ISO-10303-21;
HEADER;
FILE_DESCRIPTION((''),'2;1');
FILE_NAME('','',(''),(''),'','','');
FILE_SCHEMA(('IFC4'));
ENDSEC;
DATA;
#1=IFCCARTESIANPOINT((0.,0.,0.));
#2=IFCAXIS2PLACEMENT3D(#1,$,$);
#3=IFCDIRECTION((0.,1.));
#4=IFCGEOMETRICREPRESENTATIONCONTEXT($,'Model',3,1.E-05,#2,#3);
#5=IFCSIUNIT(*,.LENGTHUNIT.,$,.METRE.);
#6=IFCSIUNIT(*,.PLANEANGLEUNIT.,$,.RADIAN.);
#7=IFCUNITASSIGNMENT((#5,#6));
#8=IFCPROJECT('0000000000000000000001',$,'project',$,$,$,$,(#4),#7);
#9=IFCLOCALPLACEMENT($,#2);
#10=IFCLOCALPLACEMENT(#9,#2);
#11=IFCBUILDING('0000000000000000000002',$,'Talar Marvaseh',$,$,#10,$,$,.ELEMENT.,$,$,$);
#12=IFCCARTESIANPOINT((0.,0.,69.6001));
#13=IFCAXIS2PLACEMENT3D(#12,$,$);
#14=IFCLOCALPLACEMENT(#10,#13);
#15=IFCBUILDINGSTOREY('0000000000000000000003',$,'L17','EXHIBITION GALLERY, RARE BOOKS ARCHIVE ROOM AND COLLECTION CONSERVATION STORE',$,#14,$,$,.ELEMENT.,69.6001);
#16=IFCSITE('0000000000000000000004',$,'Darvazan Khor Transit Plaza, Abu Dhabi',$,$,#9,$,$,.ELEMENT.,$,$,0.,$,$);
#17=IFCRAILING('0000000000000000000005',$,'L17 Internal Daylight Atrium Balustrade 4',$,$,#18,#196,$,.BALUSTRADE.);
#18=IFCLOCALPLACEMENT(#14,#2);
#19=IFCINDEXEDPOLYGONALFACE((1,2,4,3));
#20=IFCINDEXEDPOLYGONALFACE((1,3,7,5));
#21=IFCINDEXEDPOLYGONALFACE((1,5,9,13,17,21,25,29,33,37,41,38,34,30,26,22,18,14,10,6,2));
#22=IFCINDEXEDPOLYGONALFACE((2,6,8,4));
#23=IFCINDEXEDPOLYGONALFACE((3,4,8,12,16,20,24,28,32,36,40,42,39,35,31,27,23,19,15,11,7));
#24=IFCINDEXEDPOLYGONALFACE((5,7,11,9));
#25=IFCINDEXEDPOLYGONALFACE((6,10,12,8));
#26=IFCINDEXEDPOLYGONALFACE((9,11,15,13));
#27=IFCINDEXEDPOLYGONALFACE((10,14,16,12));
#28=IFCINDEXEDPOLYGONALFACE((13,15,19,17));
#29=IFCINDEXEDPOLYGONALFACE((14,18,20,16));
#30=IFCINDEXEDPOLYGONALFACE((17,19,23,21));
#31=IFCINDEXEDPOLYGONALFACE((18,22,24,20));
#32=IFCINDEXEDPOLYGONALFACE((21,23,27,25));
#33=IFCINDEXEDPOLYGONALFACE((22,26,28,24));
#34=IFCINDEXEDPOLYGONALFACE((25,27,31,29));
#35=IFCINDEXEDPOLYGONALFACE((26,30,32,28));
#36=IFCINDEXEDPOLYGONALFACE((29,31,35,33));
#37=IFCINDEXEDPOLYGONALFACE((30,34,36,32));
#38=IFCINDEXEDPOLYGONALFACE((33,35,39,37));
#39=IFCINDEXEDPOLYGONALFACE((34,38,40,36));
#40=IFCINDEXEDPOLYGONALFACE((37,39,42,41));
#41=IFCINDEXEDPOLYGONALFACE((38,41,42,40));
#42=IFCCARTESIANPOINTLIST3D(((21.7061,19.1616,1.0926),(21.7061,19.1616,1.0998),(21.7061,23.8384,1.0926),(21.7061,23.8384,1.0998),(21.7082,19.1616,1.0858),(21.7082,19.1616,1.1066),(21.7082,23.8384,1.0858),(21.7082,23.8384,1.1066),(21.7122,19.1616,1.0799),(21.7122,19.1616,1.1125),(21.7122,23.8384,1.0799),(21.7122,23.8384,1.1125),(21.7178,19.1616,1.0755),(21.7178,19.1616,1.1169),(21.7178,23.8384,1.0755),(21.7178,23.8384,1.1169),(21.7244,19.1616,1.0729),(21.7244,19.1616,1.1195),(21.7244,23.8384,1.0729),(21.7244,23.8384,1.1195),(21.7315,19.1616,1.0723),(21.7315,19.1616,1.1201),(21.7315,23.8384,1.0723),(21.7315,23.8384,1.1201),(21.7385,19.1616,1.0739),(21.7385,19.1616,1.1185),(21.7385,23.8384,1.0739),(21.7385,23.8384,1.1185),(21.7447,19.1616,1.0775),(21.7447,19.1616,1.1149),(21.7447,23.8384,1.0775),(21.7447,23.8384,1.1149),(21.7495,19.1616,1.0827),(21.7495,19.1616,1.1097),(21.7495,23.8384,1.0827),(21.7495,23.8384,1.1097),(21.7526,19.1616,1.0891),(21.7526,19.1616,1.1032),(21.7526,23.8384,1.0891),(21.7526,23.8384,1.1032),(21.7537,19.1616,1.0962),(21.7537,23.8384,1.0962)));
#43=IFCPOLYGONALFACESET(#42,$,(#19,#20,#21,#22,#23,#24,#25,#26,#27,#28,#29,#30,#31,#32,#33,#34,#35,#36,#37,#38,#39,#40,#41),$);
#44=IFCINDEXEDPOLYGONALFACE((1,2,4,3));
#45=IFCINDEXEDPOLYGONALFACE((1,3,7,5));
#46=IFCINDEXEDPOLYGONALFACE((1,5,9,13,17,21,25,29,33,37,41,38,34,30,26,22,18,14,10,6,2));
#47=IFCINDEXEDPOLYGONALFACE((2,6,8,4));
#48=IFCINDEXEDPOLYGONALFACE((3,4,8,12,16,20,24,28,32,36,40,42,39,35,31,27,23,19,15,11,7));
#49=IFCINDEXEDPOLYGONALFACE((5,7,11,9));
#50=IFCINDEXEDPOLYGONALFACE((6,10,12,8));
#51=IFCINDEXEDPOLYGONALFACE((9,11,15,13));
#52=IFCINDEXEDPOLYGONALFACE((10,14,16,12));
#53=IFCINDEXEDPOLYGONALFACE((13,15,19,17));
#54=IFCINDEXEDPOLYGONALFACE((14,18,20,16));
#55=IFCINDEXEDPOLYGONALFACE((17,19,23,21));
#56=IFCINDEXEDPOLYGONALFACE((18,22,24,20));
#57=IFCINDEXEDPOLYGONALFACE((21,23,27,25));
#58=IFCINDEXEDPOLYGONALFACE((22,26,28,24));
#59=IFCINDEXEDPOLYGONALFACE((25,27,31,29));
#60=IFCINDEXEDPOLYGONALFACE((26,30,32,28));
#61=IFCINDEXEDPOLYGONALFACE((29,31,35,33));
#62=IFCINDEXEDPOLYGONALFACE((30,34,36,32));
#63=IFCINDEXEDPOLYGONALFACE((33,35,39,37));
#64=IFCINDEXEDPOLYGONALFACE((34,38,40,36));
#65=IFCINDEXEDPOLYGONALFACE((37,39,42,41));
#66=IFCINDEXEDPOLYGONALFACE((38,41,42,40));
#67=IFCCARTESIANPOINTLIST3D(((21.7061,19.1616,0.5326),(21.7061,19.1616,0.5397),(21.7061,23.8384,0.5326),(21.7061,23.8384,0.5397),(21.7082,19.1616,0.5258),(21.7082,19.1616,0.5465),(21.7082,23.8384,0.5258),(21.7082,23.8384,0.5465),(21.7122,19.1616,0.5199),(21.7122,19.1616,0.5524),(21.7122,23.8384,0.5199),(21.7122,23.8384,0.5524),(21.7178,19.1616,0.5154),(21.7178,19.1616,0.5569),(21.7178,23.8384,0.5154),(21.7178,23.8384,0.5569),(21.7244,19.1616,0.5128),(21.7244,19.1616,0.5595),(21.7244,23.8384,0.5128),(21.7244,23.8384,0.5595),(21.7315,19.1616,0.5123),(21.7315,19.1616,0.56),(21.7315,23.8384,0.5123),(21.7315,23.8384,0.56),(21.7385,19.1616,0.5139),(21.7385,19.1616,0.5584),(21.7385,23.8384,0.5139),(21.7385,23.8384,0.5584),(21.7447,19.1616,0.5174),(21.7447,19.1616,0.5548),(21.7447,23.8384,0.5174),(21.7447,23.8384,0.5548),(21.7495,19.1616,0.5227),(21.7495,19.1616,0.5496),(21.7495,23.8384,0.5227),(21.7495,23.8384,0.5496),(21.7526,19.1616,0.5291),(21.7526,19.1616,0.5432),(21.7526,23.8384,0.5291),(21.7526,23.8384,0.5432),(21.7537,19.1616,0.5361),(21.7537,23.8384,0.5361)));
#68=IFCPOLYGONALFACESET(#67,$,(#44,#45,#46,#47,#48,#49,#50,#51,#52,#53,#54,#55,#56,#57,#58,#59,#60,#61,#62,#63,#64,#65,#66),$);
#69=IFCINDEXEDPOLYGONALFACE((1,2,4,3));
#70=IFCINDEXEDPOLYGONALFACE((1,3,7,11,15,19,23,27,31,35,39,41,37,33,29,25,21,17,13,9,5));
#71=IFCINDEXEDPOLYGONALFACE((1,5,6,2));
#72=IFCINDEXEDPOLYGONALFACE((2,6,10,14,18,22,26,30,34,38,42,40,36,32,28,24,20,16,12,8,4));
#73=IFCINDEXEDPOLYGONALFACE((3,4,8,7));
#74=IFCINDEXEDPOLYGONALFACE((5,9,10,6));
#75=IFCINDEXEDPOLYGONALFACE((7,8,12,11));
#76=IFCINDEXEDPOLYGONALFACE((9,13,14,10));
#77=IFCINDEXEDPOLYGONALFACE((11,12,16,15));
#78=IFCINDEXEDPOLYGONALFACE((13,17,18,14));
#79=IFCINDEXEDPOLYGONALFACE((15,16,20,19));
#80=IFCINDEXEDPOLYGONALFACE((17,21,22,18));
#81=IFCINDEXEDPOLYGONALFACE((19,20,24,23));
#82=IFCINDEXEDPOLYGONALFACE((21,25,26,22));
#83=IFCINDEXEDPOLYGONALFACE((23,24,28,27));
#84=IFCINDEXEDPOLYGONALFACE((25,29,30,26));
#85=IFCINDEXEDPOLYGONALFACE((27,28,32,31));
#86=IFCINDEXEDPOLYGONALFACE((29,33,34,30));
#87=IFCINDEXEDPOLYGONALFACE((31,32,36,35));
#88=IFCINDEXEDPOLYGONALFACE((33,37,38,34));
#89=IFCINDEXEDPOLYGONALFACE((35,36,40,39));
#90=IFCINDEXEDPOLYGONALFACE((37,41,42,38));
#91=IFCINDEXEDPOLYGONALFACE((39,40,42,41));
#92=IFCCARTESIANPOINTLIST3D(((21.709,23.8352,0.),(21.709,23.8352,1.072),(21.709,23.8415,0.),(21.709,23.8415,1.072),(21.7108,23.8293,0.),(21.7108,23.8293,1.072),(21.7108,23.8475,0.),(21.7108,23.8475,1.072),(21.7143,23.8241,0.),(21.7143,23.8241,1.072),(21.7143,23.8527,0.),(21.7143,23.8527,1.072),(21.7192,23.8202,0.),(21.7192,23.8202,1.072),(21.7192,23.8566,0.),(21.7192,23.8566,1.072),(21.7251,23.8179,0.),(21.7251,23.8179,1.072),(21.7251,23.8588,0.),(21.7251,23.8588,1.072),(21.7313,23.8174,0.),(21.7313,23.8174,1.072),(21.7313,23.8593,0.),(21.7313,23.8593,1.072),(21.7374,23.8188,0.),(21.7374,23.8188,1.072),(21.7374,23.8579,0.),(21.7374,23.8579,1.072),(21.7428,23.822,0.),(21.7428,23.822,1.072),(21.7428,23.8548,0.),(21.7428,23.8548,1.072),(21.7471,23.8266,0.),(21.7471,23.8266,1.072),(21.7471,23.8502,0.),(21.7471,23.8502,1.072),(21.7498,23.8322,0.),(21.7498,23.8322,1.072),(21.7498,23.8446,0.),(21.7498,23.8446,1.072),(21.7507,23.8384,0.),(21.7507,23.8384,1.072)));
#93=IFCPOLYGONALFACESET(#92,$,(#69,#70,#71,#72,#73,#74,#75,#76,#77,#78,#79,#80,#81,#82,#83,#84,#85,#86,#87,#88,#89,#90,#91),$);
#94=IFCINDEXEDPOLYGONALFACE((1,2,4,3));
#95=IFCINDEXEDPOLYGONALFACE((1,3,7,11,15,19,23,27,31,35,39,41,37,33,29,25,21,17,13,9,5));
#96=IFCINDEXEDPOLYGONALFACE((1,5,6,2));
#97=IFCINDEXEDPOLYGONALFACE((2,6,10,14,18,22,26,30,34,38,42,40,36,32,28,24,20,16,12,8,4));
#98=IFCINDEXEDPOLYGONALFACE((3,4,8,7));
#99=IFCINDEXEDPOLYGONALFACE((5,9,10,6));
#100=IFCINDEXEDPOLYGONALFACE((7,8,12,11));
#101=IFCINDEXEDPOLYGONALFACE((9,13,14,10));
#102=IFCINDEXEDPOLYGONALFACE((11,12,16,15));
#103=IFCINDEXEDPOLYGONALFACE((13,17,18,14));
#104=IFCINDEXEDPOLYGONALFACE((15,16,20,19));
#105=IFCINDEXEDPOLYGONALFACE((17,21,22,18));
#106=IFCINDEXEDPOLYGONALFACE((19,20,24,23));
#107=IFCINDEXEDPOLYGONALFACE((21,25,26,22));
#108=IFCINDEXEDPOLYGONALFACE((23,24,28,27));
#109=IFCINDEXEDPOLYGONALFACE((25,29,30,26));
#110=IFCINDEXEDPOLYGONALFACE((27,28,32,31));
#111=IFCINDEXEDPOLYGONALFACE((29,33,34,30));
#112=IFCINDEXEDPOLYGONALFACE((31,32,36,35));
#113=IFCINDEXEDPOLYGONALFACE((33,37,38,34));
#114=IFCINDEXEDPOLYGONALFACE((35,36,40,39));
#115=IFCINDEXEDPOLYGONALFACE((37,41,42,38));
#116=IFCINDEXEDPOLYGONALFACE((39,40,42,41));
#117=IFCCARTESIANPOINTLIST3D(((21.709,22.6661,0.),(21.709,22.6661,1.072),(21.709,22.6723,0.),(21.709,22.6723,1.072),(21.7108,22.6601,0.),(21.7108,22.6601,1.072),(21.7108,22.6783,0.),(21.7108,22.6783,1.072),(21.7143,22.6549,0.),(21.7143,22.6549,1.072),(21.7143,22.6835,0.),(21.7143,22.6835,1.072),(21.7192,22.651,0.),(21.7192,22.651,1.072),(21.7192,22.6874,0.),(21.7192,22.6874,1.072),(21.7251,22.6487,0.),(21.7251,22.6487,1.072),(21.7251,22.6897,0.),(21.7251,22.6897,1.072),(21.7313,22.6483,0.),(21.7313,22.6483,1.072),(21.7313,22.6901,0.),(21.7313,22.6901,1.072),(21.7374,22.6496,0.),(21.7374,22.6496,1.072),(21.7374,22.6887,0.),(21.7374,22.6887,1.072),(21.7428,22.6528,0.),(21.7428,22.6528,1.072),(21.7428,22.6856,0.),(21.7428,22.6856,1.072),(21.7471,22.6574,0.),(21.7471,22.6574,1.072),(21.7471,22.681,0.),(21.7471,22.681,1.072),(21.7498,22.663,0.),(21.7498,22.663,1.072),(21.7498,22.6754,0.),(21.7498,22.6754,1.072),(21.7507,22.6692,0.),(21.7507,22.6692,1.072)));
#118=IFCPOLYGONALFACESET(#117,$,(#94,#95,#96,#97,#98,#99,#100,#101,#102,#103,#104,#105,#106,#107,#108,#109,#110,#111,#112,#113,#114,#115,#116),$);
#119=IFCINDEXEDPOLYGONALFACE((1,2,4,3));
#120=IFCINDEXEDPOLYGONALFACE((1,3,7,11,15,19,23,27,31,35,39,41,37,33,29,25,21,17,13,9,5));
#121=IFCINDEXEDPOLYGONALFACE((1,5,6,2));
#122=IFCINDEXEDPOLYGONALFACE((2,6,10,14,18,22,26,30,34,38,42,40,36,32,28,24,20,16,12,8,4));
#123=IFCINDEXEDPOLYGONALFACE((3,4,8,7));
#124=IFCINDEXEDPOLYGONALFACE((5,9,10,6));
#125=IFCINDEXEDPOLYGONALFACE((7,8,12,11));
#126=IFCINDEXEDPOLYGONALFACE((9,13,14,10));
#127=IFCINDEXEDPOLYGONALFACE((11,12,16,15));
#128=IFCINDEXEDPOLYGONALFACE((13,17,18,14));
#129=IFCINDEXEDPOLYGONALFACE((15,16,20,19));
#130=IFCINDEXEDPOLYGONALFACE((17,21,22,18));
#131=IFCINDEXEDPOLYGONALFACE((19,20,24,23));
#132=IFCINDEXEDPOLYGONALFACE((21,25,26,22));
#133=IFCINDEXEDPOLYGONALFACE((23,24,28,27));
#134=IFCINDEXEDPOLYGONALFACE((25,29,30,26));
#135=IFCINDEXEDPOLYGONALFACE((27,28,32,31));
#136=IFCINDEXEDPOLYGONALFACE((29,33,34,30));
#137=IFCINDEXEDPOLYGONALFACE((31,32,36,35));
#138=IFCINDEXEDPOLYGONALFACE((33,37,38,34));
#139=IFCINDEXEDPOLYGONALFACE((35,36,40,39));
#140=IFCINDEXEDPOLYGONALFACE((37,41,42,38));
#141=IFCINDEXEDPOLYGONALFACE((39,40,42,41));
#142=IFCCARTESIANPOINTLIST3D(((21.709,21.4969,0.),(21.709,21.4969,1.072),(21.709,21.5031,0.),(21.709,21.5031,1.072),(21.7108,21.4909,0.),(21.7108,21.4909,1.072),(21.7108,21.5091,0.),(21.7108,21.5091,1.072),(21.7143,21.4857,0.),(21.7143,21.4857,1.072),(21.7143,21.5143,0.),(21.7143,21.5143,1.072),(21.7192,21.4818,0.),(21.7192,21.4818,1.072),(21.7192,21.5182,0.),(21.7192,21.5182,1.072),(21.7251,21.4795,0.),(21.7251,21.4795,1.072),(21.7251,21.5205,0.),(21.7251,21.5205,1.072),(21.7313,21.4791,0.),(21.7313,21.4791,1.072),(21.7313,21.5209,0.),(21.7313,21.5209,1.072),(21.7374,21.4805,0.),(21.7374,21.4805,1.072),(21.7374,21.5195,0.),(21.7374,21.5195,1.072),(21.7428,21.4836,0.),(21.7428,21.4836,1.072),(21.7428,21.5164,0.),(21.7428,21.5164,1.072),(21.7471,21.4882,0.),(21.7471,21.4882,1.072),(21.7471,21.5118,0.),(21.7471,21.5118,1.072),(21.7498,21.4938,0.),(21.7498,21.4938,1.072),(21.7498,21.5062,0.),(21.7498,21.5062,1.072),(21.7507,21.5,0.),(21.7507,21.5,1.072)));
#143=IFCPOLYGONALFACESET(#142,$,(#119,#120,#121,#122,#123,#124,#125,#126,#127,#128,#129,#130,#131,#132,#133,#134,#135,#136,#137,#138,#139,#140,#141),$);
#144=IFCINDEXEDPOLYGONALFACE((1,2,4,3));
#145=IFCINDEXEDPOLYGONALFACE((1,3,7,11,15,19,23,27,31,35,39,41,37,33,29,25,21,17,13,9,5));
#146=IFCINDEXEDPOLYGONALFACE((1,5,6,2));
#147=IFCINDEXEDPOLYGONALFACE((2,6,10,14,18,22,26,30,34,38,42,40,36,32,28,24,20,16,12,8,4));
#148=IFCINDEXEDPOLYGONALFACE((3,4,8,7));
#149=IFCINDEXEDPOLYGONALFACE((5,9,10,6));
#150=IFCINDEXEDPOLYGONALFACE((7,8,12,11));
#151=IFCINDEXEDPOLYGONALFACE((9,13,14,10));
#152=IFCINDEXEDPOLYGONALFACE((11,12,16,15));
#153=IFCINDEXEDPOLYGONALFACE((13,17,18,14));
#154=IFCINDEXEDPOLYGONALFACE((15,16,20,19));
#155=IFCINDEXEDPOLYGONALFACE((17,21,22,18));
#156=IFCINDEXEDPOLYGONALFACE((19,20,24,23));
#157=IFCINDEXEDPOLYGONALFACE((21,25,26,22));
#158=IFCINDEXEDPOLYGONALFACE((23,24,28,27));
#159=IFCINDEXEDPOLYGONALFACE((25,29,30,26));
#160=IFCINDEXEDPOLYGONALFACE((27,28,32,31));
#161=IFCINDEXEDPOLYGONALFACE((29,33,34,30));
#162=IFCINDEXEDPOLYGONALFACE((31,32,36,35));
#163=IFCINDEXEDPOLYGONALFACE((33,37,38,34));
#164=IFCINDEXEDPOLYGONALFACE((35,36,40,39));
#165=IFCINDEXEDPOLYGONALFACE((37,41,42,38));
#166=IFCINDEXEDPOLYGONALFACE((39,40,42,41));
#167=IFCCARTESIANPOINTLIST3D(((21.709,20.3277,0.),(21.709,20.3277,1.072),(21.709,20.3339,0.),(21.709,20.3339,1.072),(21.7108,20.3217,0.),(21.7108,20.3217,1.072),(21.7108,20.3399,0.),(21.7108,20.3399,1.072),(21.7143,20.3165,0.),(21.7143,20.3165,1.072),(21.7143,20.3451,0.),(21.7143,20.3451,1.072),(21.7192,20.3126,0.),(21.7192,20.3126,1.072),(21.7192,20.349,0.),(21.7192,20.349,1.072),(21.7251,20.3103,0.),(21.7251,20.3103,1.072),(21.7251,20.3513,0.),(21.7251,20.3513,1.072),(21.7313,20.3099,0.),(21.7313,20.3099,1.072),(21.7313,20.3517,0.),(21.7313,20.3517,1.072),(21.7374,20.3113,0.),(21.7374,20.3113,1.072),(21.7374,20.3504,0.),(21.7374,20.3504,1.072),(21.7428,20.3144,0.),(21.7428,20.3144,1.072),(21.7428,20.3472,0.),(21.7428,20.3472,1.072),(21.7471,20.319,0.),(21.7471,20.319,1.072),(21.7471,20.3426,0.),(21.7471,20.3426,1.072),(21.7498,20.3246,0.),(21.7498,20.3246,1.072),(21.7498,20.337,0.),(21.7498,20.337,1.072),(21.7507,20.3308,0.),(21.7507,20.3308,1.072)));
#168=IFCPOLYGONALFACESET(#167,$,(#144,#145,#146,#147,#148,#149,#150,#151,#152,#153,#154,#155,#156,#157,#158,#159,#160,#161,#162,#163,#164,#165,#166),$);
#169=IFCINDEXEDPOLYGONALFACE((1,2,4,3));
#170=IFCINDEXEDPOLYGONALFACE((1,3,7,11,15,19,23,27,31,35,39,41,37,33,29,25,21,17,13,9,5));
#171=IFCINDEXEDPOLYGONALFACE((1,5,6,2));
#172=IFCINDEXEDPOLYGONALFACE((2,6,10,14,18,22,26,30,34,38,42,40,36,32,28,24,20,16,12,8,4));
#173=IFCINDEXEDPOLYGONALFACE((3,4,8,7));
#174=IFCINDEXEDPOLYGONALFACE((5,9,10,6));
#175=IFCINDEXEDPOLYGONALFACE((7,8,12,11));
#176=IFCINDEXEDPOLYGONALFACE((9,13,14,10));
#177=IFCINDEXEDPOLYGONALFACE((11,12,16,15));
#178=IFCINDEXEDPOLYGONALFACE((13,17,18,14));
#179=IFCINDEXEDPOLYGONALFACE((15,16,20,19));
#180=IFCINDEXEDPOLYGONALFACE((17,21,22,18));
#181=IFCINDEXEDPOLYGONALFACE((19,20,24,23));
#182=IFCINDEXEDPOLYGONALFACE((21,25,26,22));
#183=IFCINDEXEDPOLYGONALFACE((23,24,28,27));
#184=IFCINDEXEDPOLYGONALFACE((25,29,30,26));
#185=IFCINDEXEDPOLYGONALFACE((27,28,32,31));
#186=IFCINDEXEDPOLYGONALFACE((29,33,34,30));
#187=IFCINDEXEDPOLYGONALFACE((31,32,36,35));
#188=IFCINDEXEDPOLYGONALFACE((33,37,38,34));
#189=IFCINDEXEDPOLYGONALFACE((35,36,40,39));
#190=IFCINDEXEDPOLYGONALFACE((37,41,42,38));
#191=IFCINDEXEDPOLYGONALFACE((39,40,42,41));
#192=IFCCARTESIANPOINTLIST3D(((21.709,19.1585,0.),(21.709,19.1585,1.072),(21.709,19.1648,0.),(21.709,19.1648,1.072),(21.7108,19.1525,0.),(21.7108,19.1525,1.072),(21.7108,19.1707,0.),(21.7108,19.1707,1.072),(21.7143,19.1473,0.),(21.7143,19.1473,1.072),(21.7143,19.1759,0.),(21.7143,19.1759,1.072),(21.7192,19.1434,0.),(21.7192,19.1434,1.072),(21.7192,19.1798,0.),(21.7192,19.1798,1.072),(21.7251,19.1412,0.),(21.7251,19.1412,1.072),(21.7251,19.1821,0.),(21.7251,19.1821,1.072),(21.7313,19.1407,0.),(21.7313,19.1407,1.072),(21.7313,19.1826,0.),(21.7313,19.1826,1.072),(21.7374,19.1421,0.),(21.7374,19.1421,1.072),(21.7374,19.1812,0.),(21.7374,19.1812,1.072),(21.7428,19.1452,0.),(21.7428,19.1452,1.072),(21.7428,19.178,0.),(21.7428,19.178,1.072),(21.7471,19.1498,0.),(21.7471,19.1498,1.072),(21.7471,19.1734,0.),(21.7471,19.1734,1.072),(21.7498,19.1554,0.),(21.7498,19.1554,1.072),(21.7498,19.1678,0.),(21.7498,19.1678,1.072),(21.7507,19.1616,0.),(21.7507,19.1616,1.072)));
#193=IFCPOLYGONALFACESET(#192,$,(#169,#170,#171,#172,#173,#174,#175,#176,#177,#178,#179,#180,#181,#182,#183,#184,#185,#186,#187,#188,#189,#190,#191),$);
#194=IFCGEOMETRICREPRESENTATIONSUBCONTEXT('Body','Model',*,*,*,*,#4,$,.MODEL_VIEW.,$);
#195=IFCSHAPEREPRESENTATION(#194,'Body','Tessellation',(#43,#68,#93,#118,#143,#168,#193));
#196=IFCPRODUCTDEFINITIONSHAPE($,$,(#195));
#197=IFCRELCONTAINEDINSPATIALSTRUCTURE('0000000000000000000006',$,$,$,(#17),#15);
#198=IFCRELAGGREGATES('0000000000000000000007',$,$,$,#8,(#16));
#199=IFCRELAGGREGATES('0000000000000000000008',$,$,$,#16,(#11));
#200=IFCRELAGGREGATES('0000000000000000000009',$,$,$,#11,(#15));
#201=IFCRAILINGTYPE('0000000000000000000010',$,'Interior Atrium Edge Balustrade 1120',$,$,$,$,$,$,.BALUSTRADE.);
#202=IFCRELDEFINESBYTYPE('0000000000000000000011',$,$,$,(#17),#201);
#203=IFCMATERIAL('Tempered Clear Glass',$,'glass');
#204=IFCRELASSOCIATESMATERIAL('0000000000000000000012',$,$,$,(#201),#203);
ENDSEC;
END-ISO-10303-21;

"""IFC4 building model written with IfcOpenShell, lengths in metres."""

from ifc_helpers import new_model, si_unit, direction, frame, origin, origin_2d, place, context, subcontext, project, spatial, circle, extrude, material, type_object, element, save


model = new_model("IFC4")

# Units and contexts
model_context = context("Model", 3, precision=1e-05, world=origin(), true_north=direction((0.0, 1.0)))
body_context = subcontext(model_context, "Body", "Model", "MODEL_VIEW")
ifc_project = project(units=[si_unit("LENGTHUNIT", "METRE"), si_unit("PLANEANGLEUNIT", "RADIAN")], contexts=[model_context])

# Site, building, storey
site_placement = place(None, origin())
site = spatial("IfcSite", under=ifc_project, at=site_placement, Name="Darvazan Khor Transit Plaza, Abu Dhabi", CompositionType="ELEMENT", RefElevation=0.0)
building_placement = place(site_placement, origin())
building = spatial("IfcBuilding", under=site, at=building_placement, Name="Talar Marvaseh", CompositionType="ELEMENT")
storey_placement = place(building_placement, frame((0.0, 0.0, 69.6001)))
storey = spatial("IfcBuildingStorey", under=building, at=storey_placement, Name="L17", Description="EXHIBITION GALLERY, RARE BOOKS ARCHIVE ROOM AND COLLECTION CONSERVATION STORE", CompositionType="ELEMENT", Elevation=69.6001)

# Railing
ifc_material_1 = material(Name="Tempered Clear Glass", Category="glass")
railing_type_1 = type_object("IfcRailingType", Name="Interior Atrium Edge Balustrade 1120", PredefinedType="BALUSTRADE", material=ifc_material_1)
railing_1_placement = place(storey_placement, frame((21.7297, 23.8384, 0.0)))
element("IfcRailing", 1, at=railing_1_placement, inside=storey, type_object=railing_type_1, Name="L17 Internal Daylight Atrium Balustrade 4", PredefinedType="BALUSTRADE", context=body_context, shape_type="SweptSolid", body=[
    extrude(circle(Radius=0.0239, at=origin_2d()), frame((0.0, 0.0, 1.0962), z_axis=(0.0, -1.0, 0.0), x_axis=(1.0, 0.0, 0.0)), (0.0, 0.0, 1.0), 4.6768),
    extrude(circle(Radius=0.0239, at=origin_2d()), frame((0.0, 0.0, 0.5361), z_axis=(0.0, -1.0, 0.0), x_axis=(1.0, 0.0, 0.0)), (0.0, 0.0, 1.0), 4.6768),
    extrude(circle(Radius=0.021, at=origin_2d()), origin(), (0.0, 0.0, 1.0), 1.072),
    extrude(circle(Radius=0.021, at=origin_2d()), frame((0.0, -1.1692, 0.0)), (0.0, 0.0, 1.0), 1.072),
    extrude(circle(Radius=0.021, at=origin_2d()), frame((0.0, -2.3384, 0.0)), (0.0, 0.0, 1.0), 1.072),
    extrude(circle(Radius=0.021, at=origin_2d()), frame((0.0, -3.5076, 0.0)), (0.0, 0.0, 1.0), 1.072),
    extrude(circle(Radius=0.021, at=origin_2d()), frame((0.0, -4.6768, 0.0)), (0.0, 0.0, 1.0), 1.072),
])

save(model, "model.ifc")
